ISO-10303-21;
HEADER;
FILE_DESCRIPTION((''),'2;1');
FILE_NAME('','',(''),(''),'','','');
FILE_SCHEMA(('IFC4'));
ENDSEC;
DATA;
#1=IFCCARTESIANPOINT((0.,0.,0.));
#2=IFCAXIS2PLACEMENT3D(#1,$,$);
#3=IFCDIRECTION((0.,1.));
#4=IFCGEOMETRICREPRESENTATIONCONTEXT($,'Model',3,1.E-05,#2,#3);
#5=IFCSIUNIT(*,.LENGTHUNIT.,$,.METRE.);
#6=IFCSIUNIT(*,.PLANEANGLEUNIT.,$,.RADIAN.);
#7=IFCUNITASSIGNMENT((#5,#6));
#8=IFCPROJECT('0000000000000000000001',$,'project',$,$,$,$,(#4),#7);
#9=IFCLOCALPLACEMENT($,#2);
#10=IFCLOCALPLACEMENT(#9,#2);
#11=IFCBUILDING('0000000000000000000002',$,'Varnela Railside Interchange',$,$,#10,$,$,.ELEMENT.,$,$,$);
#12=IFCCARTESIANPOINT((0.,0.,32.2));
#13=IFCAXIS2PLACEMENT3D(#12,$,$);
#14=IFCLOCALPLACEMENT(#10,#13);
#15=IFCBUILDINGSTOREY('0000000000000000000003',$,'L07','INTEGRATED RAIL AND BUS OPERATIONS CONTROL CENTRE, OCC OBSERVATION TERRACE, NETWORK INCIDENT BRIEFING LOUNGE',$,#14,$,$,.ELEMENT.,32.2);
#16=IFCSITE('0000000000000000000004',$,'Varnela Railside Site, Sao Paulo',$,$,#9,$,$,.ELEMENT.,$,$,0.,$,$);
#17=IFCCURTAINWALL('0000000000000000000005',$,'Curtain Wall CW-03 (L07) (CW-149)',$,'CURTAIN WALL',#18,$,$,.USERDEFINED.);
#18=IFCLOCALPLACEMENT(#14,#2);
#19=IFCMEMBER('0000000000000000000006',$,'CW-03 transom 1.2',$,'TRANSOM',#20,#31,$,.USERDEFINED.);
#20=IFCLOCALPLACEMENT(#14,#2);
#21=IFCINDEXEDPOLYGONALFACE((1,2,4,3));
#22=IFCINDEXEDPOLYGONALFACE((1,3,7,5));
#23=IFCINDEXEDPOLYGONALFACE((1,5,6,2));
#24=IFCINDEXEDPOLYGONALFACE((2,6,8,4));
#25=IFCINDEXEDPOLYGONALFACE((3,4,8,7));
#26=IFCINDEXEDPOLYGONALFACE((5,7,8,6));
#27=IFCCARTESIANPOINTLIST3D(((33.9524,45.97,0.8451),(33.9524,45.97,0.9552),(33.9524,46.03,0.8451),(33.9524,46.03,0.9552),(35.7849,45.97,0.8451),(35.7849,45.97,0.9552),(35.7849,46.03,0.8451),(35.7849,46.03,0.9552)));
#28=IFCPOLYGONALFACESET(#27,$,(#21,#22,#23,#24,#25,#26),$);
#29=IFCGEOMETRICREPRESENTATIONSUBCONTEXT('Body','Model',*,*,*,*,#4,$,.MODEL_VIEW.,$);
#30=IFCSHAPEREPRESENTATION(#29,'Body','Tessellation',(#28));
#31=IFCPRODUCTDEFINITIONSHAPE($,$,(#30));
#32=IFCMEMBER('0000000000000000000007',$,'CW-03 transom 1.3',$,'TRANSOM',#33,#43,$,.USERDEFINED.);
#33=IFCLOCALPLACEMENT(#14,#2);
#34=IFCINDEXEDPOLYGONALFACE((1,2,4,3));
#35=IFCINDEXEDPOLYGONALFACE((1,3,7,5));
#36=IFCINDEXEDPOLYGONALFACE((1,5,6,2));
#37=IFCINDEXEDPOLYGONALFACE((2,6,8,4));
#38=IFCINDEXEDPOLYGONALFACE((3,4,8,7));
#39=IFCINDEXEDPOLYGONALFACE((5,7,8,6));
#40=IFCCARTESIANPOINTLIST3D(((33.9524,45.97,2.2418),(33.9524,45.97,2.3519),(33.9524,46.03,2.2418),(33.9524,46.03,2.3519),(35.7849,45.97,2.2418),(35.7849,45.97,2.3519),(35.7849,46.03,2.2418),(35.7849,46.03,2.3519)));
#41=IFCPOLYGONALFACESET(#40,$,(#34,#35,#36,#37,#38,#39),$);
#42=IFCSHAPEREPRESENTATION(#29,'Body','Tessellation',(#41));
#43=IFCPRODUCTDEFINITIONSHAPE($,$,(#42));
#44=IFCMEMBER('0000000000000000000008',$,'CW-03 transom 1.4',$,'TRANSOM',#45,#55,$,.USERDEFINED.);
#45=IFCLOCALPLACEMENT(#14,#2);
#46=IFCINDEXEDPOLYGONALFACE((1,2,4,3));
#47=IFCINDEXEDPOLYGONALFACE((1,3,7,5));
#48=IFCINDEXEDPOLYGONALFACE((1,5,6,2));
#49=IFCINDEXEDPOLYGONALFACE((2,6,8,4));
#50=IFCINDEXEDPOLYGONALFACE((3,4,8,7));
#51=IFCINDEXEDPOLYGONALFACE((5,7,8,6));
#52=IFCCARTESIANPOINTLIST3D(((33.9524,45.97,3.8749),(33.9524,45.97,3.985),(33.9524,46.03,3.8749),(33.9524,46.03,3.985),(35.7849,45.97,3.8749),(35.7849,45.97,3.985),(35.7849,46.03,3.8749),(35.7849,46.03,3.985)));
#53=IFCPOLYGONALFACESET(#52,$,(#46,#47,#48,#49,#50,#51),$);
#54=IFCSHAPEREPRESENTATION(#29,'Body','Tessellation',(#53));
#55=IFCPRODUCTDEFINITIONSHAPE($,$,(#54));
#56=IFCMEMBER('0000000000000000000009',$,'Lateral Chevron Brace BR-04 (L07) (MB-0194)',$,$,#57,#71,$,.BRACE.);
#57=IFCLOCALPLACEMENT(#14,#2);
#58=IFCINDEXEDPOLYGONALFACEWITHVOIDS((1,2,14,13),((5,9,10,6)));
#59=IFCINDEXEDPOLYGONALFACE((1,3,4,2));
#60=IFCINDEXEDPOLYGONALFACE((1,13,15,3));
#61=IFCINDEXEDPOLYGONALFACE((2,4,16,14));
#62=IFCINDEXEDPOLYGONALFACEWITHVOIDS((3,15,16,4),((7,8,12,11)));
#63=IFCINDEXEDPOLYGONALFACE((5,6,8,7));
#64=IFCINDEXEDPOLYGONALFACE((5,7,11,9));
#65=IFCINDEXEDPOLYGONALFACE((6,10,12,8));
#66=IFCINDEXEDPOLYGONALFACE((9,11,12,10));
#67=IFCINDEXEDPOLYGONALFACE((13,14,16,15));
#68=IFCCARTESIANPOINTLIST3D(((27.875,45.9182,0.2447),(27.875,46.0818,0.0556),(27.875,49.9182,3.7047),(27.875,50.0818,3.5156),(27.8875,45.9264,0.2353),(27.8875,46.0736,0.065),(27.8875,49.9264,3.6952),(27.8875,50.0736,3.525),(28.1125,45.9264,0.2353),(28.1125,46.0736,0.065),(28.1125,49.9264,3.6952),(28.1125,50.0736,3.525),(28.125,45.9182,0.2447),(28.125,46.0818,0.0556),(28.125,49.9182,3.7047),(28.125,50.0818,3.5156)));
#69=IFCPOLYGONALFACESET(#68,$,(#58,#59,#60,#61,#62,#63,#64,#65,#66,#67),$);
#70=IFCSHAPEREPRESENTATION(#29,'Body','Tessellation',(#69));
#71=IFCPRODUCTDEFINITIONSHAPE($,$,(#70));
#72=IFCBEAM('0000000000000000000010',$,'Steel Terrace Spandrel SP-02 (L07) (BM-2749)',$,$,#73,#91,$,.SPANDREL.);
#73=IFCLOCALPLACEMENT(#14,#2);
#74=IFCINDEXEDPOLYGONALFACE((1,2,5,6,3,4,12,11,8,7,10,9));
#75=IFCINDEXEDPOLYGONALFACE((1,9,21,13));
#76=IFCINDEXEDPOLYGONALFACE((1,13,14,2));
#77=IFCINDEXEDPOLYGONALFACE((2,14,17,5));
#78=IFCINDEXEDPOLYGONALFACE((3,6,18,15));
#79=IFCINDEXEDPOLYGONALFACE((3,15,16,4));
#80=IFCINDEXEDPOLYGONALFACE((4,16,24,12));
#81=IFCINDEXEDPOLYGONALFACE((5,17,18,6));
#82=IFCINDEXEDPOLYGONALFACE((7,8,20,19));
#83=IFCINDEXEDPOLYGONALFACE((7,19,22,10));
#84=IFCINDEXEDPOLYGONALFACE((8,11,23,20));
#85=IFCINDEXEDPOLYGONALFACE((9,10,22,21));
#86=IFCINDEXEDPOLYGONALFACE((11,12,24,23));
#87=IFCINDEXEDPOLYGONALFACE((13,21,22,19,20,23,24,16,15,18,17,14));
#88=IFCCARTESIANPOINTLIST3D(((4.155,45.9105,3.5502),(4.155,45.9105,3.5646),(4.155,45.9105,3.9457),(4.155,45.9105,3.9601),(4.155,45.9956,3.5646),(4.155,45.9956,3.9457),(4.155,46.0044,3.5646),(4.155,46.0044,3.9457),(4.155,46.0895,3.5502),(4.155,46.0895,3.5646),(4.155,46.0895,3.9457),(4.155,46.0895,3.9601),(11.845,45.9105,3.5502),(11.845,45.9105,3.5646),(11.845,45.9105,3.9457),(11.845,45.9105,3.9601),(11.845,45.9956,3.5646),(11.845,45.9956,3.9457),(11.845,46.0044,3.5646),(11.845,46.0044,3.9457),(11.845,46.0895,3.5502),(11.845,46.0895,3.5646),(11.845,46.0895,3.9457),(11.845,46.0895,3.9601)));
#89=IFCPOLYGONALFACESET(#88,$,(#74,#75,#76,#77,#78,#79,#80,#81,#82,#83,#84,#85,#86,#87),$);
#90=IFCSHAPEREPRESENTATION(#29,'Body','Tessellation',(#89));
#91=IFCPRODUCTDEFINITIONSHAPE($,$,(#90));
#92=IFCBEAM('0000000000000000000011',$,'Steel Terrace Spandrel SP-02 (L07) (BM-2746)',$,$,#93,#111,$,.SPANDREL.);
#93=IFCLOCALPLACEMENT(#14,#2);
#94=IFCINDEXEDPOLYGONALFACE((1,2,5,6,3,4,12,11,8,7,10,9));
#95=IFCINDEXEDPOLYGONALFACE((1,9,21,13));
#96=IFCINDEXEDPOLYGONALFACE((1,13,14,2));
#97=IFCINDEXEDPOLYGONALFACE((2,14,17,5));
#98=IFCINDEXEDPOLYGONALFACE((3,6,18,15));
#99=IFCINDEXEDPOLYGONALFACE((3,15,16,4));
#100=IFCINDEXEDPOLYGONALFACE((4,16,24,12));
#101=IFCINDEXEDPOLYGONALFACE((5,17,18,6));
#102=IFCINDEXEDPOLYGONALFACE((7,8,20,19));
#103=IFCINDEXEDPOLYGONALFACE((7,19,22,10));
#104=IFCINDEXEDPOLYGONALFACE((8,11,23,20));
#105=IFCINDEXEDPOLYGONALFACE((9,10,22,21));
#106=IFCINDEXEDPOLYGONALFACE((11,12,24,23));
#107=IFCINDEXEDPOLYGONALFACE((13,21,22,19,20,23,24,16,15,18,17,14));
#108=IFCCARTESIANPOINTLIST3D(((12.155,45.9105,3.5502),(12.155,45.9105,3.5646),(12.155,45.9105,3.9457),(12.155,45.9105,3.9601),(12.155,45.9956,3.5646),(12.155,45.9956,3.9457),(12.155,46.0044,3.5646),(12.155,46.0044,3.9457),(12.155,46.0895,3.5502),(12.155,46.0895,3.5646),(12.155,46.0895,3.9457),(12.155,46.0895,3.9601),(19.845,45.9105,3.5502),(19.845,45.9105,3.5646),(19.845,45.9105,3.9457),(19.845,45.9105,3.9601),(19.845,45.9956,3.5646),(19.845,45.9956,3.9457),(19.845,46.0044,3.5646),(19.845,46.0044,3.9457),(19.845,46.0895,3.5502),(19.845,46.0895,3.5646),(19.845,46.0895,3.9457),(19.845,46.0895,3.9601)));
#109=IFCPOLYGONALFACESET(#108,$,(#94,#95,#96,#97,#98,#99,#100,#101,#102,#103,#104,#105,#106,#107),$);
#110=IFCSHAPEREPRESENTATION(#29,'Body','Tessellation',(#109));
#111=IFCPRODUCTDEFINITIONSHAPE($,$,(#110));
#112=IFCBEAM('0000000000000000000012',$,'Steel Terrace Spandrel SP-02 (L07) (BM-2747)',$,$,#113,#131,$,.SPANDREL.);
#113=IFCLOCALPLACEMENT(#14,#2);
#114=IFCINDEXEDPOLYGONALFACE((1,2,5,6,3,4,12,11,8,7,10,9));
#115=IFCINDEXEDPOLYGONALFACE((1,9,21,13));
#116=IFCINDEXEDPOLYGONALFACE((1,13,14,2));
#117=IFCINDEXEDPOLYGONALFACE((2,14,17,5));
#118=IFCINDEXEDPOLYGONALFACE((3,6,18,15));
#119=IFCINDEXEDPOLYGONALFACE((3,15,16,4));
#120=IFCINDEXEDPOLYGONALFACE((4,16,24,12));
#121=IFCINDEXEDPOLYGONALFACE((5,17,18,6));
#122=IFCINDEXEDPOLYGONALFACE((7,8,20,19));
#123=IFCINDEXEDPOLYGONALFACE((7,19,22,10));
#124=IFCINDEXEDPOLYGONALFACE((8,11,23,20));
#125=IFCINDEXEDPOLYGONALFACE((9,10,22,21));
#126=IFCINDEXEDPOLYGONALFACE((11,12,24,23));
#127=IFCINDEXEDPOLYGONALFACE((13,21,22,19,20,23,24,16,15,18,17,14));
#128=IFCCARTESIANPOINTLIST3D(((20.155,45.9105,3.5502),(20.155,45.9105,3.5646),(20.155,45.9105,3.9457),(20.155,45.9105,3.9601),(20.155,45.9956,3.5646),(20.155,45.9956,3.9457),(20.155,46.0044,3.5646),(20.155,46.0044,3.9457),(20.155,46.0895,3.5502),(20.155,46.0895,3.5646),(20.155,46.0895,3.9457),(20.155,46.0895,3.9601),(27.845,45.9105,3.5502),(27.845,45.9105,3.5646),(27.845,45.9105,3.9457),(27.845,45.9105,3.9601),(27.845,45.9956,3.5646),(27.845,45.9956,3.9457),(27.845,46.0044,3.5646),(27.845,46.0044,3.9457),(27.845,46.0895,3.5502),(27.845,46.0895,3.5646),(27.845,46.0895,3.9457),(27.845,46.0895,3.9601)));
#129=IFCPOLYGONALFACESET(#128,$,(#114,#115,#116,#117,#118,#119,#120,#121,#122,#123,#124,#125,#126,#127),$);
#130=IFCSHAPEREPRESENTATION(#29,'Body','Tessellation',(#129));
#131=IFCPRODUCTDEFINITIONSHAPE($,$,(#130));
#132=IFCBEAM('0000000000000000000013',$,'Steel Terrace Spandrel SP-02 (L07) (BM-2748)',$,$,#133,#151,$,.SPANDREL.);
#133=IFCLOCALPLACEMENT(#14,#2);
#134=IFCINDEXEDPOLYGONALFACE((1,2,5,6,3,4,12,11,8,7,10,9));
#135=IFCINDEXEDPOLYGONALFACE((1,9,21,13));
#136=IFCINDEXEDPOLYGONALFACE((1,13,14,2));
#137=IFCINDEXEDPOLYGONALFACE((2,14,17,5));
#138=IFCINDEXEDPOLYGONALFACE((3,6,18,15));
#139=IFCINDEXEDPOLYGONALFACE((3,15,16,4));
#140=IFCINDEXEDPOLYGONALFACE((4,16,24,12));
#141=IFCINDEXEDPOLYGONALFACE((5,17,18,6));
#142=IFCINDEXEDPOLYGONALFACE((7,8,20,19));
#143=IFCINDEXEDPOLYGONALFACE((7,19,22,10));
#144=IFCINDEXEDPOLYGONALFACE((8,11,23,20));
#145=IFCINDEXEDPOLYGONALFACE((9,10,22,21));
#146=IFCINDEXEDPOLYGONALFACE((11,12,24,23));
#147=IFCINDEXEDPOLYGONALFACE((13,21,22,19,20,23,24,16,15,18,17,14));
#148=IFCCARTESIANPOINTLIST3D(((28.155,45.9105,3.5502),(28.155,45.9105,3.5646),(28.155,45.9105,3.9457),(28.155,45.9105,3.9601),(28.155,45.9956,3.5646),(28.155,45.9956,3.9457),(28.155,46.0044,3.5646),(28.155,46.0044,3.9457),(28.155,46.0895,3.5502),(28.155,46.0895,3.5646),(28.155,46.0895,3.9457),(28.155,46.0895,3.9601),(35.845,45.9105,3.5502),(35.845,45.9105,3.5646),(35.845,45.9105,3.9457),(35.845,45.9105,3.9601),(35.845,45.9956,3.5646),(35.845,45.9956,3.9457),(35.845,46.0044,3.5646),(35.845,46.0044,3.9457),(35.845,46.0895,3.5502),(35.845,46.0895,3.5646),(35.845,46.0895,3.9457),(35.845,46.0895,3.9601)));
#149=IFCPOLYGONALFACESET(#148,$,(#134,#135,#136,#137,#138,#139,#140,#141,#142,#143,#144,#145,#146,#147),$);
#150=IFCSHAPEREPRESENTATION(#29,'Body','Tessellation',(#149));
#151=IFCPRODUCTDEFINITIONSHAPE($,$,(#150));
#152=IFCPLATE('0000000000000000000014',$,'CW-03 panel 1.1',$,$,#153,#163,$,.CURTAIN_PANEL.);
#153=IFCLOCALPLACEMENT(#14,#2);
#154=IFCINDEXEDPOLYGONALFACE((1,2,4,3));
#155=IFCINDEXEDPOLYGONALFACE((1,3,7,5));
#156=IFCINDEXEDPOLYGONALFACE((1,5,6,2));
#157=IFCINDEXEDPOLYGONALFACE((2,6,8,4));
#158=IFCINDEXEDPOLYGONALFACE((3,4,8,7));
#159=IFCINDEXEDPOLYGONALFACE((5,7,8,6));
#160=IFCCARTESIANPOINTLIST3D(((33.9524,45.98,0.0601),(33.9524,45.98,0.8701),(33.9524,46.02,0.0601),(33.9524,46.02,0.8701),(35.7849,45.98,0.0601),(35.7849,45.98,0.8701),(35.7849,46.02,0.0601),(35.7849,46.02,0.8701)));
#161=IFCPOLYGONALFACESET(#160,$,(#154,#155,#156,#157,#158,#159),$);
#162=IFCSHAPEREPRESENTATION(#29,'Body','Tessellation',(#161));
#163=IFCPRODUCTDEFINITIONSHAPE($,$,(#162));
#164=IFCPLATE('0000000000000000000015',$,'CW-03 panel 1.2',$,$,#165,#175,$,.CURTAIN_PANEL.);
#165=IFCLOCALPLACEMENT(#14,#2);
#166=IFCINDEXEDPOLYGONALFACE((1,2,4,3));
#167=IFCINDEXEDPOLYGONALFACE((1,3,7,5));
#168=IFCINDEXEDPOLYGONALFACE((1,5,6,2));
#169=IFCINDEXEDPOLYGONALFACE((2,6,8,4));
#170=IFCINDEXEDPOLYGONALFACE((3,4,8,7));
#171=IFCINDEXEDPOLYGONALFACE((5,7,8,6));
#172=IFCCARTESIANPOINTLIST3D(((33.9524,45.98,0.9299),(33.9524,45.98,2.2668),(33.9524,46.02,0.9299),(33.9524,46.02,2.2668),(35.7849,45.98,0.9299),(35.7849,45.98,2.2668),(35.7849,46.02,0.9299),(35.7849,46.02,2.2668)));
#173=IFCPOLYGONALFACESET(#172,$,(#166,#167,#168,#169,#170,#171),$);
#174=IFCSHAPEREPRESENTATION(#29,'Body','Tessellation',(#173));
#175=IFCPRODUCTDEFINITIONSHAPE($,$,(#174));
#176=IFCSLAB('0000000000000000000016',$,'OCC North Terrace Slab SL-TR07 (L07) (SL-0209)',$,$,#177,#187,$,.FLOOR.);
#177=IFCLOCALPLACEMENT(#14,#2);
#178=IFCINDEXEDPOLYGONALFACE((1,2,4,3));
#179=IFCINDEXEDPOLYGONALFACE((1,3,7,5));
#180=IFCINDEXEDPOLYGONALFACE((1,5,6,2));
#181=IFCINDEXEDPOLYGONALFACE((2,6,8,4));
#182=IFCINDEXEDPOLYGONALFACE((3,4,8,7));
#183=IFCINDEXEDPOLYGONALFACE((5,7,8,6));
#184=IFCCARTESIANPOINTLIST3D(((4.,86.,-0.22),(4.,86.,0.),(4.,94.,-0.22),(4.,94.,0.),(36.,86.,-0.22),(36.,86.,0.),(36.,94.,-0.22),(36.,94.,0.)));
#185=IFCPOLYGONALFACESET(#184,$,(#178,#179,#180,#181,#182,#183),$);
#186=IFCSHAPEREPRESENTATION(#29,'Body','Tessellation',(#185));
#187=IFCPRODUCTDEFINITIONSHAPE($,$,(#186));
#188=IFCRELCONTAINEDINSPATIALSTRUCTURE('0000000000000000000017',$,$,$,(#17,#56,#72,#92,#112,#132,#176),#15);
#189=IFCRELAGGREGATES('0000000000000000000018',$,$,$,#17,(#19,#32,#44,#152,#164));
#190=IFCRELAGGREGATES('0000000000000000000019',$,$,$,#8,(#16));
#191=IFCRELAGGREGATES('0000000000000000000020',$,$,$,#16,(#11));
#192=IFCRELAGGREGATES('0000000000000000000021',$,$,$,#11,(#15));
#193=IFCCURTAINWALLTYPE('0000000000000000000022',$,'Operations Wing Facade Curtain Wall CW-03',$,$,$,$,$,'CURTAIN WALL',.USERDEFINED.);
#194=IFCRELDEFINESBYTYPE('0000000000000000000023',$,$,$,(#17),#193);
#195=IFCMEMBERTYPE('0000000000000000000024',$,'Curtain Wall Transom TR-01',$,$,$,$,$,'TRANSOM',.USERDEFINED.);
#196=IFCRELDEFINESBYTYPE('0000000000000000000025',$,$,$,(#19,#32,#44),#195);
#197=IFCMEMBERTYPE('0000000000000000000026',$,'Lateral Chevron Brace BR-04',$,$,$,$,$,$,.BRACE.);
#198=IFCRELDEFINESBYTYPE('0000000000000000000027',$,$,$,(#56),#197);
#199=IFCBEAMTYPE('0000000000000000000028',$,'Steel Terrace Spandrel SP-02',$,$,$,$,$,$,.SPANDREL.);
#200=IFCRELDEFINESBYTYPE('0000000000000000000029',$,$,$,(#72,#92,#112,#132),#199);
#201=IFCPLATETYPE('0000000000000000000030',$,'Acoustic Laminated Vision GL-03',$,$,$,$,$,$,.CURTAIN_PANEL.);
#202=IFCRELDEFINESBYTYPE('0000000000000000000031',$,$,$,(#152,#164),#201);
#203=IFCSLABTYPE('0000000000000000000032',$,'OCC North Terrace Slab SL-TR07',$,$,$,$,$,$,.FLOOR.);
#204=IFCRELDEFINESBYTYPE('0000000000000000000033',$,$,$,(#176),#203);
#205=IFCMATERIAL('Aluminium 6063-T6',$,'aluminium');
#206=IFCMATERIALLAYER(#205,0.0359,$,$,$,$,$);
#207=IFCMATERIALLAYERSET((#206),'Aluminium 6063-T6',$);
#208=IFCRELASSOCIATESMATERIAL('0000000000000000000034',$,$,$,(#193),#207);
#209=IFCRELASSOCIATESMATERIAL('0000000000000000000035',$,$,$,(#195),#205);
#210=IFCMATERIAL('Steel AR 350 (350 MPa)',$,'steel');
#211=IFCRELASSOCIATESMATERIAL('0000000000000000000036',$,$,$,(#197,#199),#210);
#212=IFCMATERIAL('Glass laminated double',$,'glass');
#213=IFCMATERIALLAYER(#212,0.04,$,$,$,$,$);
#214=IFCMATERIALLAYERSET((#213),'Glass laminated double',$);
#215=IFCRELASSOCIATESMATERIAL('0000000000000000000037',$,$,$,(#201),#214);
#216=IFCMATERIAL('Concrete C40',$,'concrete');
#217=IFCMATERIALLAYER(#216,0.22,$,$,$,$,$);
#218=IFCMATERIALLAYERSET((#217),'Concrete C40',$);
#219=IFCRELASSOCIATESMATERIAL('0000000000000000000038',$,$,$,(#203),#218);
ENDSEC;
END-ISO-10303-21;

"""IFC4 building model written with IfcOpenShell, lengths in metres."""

from ifc_helpers import new_model, si_unit, direction, frame, origin, origin_2d, place, context, subcontext, project, spatial, polyline, rectangle, hollow_rectangle, i_section, outline, extrude, material, layer, layer_set, material_profile, profile_set, type_object, element, aggregate, save


model = new_model("IFC4")

# Units and contexts
model_context = context("Model", 3, precision=1e-05, world=origin(), true_north=direction((0.0, 1.0)))
body_context = subcontext(model_context, "Body", "Model", "MODEL_VIEW")
ifc_project = project(units=[si_unit("LENGTHUNIT", "METRE"), si_unit("PLANEANGLEUNIT", "RADIAN")], contexts=[model_context])

# Site, building, storey
site_placement = place(None, origin())
site = spatial("IfcSite", under=ifc_project, at=site_placement, Name="Varnela Railside Site, Sao Paulo", CompositionType="ELEMENT", RefElevation=0.0)
building_placement = place(site_placement, origin())
building = spatial("IfcBuilding", under=site, at=building_placement, Name="Varnela Railside Interchange", CompositionType="ELEMENT")
storey_placement = place(building_placement, frame((0.0, 0.0, 32.2)))
storey = spatial("IfcBuildingStorey", under=building, at=storey_placement, Name="L07", Description="INTEGRATED RAIL AND BUS OPERATIONS CONTROL CENTRE, OCC OBSERVATION TERRACE, NETWORK INCIDENT BRIEFING LOUNGE", CompositionType="ELEMENT", Elevation=32.2)

# Shared definitions
ifc_material_1 = material(Name="Steel AR 350 (350 MPa)", Category="steel")

# Curtain wall, members
ifc_material_2 = material(Name="Aluminium 6063-T6", Category="aluminium")
ifc_layer_1 = layer(ifc_material_2, 0.0359)
ifc_layer_set_1 = layer_set([ifc_layer_1], Name="Aluminium 6063-T6")
curtain_wall_type = type_object("IfcCurtainWallType", Name="Operations Wing Facade Curtain Wall CW-03", ElementType="CURTAIN WALL", PredefinedType="USERDEFINED", material=ifc_layer_set_1)
curtain_wall_placement = place(storey_placement, origin())
curtain_wall = element("IfcCurtainWall", 1, at=curtain_wall_placement, inside=storey, type_object=curtain_wall_type, Name="Curtain Wall CW-03 (L07) (CW-149)", ObjectType="CURTAIN WALL", PredefinedType="USERDEFINED")
ifc_material_profile_1 = material_profile(ifc_material_2, rectangle(XDim=0.0601, YDim=0.1101, at=origin_2d()), Name="ALU 60x110")
ifc_profile_set_1 = profile_set([ifc_material_profile_1], Name="Aluminium 6063-T6")
member_type_1 = type_object("IfcMemberType", Name="Curtain Wall Transom TR-01", ElementType="TRANSOM", PredefinedType="USERDEFINED", material=ifc_profile_set_1)
member_1_placement = place(storey_placement, frame((35.7849, 46.0, 0.9001), z_axis=(-1.0, 0.0, 0.0), x_axis=(0.0, -1.0, 0.0)))
member_1 = element("IfcMember", 2, at=member_1_placement, type_object=member_type_1, Name="CW-03 transom 1.2", ObjectType="TRANSOM", PredefinedType="USERDEFINED", context=body_context, shape_type="SweptSolid", body=[
    extrude(rectangle(XDim=0.0601, YDim=0.1101, at=origin_2d()), origin(), (0.0, 0.0, 1.0), 1.8325),
])
member_2_placement = place(storey_placement, frame((35.7849, 46.0, 2.2969), z_axis=(-1.0, 0.0, 0.0), x_axis=(0.0, -1.0, 0.0)))
member_2 = element("IfcMember", 3, at=member_2_placement, type_object=member_type_1, Name="CW-03 transom 1.3", ObjectType="TRANSOM", PredefinedType="USERDEFINED", context=body_context, shape_type="SweptSolid", body=[
    extrude(rectangle(XDim=0.0601, YDim=0.1101, at=origin_2d()), origin(), (0.0, 0.0, 1.0), 1.8325),
])
member_3_placement = place(storey_placement, frame((35.7849, 46.0, 3.9299), z_axis=(-1.0, 0.0, 0.0), x_axis=(0.0, -1.0, 0.0)))
member_3 = element("IfcMember", 4, at=member_3_placement, type_object=member_type_1, Name="CW-03 transom 1.4", ObjectType="TRANSOM", PredefinedType="USERDEFINED", context=body_context, shape_type="SweptSolid", body=[
    extrude(rectangle(XDim=0.0601, YDim=0.1101, at=origin_2d()), origin(), (0.0, 0.0, 1.0), 1.8325),
])

# Member
ifc_material_profile_2 = material_profile(ifc_material_1, hollow_rectangle(XDim=0.25, YDim=0.25, WallThickness=0.0125, at=origin_2d()), Name="HSS 250x250x12.5")
ifc_profile_set_2 = profile_set([ifc_material_profile_2], Name="Steel AR 350 (350 MPa)")
member_type_2 = type_object("IfcMemberType", Name="Lateral Chevron Brace BR-04", PredefinedType="BRACE", material=ifc_profile_set_2)
member_4_placement = place(storey_placement, frame((28.0, 46.0, 0.1501), z_axis=(0.0, 0.756316, 0.654206), x_axis=(-1.0, 0.0, 0.0)))
element("IfcMember", 5, at=member_4_placement, inside=storey, type_object=member_type_2, Name="Lateral Chevron Brace BR-04 (L07) (MB-0194)", PredefinedType="BRACE", context=body_context, shape_type="SweptSolid", body=[
    extrude(hollow_rectangle(XDim=0.25, YDim=0.25, WallThickness=0.0125, at=origin_2d()), origin(), (0.0, 0.0, 1.0), 5.2888),
])

# Beams
ifc_material_profile_3 = material_profile(ifc_material_1, i_section(OverallWidth=0.179, OverallDepth=0.4099, WebThickness=0.0088, FlangeThickness=0.0144, at=origin_2d()), Name="W410x67")
ifc_profile_set_3 = profile_set([ifc_material_profile_3], Name="Steel AR 350 (350 MPa)")
beam_type = type_object("IfcBeamType", Name="Steel Terrace Spandrel SP-02", PredefinedType="SPANDREL", material=ifc_profile_set_3)
for number, where, z_axis, x_axis, name in (
    (6, (4.155, 46.0, 3.7551), (1.0, 0.0, 0.0), (0.0, 1.0, 0.0), "Steel Terrace Spandrel SP-02 (L07) (BM-2749)"),
    (7, (12.155, 46.0, 3.7551), (1.0, 0.0, 0.0), (0.0, 1.0, 0.0), "Steel Terrace Spandrel SP-02 (L07) (BM-2746)"),
    (8, (20.155, 46.0, 3.7551), (1.0, 0.0, 0.0), (0.0, 1.0, 0.0), "Steel Terrace Spandrel SP-02 (L07) (BM-2747)"),
    (9, (28.155, 46.0, 3.7551), (1.0, 0.0, 0.0), (0.0, 1.0, 0.0), "Steel Terrace Spandrel SP-02 (L07) (BM-2748)"),
):
    element("IfcBeam", number, at=place(storey_placement, frame(where, z_axis=z_axis, x_axis=x_axis)), inside=storey, type_object=beam_type, Name=name, PredefinedType="SPANDREL", context=body_context, shape_type="SweptSolid", body=[
        extrude(i_section(OverallWidth=0.179, OverallDepth=0.4099, WebThickness=0.0088, FlangeThickness=0.0144, at=origin_2d()), origin(), (0.0, 0.0, 1.0), 7.6899),
    ])

# Plates
ifc_material_3 = material(Name="Glass laminated double", Category="glass")
ifc_layer_2 = layer(ifc_material_3, 0.04)
ifc_layer_set_2 = layer_set([ifc_layer_2], Name="Glass laminated double")
plate_type = type_object("IfcPlateType", Name="Acoustic Laminated Vision GL-03", PredefinedType="CURTAIN_PANEL", material=ifc_layer_set_2)
plate_1_placement = place(storey_placement, frame((34.8687, 46.0, 0.0601), z_axis=(0.0, 0.0, 1.0), x_axis=(-1.0, 0.0, 0.0)))
plate_1 = element("IfcPlate", 10, at=plate_1_placement, type_object=plate_type, Name="CW-03 panel 1.1", PredefinedType="CURTAIN_PANEL", context=body_context, shape_type="SweptSolid", body=[
    extrude(rectangle(XDim=1.8325, YDim=0.04, at=origin_2d()), origin(), (0.0, 0.0, 1.0), 0.8101),
])
plate_2_placement = place(storey_placement, frame((34.8687, 46.0, 0.9299), z_axis=(0.0, 0.0, 1.0), x_axis=(-1.0, 0.0, 0.0)))
plate_2 = element("IfcPlate", 11, at=plate_2_placement, type_object=plate_type, Name="CW-03 panel 1.2", PredefinedType="CURTAIN_PANEL", context=body_context, shape_type="SweptSolid", body=[
    extrude(rectangle(XDim=1.8325, YDim=0.04, at=origin_2d()), origin(), (0.0, 0.0, 1.0), 1.3369),
])
aggregate(curtain_wall, [member_1, member_2, member_3, plate_1, plate_2])

# Slab
ifc_material_4 = material(Name="Concrete C40", Category="concrete")
ifc_layer_3 = layer(ifc_material_4, 0.22)
ifc_layer_set_3 = layer_set([ifc_layer_3], Name="Concrete C40")
slab_type_1 = type_object("IfcSlabType", Name="OCC North Terrace Slab SL-TR07", PredefinedType="FLOOR", material=ifc_layer_set_3)
slab_1_placement = place(storey_placement, frame((0.0, 0.0, -0.22)))
element("IfcSlab", 12, at=slab_1_placement, inside=storey, type_object=slab_type_1, Name="OCC North Terrace Slab SL-TR07 (L07) (SL-0209)", PredefinedType="FLOOR", context=body_context, shape_type="SweptSolid", body=[
    extrude(outline(polyline([(4.0, 86.0), (36.0, 86.0), (36.0, 94.0), (4.0, 94.0), (4.0, 86.0)])), origin(), (0.0, 0.0, 1.0), 0.22),
])

save(model, "model.ifc")
